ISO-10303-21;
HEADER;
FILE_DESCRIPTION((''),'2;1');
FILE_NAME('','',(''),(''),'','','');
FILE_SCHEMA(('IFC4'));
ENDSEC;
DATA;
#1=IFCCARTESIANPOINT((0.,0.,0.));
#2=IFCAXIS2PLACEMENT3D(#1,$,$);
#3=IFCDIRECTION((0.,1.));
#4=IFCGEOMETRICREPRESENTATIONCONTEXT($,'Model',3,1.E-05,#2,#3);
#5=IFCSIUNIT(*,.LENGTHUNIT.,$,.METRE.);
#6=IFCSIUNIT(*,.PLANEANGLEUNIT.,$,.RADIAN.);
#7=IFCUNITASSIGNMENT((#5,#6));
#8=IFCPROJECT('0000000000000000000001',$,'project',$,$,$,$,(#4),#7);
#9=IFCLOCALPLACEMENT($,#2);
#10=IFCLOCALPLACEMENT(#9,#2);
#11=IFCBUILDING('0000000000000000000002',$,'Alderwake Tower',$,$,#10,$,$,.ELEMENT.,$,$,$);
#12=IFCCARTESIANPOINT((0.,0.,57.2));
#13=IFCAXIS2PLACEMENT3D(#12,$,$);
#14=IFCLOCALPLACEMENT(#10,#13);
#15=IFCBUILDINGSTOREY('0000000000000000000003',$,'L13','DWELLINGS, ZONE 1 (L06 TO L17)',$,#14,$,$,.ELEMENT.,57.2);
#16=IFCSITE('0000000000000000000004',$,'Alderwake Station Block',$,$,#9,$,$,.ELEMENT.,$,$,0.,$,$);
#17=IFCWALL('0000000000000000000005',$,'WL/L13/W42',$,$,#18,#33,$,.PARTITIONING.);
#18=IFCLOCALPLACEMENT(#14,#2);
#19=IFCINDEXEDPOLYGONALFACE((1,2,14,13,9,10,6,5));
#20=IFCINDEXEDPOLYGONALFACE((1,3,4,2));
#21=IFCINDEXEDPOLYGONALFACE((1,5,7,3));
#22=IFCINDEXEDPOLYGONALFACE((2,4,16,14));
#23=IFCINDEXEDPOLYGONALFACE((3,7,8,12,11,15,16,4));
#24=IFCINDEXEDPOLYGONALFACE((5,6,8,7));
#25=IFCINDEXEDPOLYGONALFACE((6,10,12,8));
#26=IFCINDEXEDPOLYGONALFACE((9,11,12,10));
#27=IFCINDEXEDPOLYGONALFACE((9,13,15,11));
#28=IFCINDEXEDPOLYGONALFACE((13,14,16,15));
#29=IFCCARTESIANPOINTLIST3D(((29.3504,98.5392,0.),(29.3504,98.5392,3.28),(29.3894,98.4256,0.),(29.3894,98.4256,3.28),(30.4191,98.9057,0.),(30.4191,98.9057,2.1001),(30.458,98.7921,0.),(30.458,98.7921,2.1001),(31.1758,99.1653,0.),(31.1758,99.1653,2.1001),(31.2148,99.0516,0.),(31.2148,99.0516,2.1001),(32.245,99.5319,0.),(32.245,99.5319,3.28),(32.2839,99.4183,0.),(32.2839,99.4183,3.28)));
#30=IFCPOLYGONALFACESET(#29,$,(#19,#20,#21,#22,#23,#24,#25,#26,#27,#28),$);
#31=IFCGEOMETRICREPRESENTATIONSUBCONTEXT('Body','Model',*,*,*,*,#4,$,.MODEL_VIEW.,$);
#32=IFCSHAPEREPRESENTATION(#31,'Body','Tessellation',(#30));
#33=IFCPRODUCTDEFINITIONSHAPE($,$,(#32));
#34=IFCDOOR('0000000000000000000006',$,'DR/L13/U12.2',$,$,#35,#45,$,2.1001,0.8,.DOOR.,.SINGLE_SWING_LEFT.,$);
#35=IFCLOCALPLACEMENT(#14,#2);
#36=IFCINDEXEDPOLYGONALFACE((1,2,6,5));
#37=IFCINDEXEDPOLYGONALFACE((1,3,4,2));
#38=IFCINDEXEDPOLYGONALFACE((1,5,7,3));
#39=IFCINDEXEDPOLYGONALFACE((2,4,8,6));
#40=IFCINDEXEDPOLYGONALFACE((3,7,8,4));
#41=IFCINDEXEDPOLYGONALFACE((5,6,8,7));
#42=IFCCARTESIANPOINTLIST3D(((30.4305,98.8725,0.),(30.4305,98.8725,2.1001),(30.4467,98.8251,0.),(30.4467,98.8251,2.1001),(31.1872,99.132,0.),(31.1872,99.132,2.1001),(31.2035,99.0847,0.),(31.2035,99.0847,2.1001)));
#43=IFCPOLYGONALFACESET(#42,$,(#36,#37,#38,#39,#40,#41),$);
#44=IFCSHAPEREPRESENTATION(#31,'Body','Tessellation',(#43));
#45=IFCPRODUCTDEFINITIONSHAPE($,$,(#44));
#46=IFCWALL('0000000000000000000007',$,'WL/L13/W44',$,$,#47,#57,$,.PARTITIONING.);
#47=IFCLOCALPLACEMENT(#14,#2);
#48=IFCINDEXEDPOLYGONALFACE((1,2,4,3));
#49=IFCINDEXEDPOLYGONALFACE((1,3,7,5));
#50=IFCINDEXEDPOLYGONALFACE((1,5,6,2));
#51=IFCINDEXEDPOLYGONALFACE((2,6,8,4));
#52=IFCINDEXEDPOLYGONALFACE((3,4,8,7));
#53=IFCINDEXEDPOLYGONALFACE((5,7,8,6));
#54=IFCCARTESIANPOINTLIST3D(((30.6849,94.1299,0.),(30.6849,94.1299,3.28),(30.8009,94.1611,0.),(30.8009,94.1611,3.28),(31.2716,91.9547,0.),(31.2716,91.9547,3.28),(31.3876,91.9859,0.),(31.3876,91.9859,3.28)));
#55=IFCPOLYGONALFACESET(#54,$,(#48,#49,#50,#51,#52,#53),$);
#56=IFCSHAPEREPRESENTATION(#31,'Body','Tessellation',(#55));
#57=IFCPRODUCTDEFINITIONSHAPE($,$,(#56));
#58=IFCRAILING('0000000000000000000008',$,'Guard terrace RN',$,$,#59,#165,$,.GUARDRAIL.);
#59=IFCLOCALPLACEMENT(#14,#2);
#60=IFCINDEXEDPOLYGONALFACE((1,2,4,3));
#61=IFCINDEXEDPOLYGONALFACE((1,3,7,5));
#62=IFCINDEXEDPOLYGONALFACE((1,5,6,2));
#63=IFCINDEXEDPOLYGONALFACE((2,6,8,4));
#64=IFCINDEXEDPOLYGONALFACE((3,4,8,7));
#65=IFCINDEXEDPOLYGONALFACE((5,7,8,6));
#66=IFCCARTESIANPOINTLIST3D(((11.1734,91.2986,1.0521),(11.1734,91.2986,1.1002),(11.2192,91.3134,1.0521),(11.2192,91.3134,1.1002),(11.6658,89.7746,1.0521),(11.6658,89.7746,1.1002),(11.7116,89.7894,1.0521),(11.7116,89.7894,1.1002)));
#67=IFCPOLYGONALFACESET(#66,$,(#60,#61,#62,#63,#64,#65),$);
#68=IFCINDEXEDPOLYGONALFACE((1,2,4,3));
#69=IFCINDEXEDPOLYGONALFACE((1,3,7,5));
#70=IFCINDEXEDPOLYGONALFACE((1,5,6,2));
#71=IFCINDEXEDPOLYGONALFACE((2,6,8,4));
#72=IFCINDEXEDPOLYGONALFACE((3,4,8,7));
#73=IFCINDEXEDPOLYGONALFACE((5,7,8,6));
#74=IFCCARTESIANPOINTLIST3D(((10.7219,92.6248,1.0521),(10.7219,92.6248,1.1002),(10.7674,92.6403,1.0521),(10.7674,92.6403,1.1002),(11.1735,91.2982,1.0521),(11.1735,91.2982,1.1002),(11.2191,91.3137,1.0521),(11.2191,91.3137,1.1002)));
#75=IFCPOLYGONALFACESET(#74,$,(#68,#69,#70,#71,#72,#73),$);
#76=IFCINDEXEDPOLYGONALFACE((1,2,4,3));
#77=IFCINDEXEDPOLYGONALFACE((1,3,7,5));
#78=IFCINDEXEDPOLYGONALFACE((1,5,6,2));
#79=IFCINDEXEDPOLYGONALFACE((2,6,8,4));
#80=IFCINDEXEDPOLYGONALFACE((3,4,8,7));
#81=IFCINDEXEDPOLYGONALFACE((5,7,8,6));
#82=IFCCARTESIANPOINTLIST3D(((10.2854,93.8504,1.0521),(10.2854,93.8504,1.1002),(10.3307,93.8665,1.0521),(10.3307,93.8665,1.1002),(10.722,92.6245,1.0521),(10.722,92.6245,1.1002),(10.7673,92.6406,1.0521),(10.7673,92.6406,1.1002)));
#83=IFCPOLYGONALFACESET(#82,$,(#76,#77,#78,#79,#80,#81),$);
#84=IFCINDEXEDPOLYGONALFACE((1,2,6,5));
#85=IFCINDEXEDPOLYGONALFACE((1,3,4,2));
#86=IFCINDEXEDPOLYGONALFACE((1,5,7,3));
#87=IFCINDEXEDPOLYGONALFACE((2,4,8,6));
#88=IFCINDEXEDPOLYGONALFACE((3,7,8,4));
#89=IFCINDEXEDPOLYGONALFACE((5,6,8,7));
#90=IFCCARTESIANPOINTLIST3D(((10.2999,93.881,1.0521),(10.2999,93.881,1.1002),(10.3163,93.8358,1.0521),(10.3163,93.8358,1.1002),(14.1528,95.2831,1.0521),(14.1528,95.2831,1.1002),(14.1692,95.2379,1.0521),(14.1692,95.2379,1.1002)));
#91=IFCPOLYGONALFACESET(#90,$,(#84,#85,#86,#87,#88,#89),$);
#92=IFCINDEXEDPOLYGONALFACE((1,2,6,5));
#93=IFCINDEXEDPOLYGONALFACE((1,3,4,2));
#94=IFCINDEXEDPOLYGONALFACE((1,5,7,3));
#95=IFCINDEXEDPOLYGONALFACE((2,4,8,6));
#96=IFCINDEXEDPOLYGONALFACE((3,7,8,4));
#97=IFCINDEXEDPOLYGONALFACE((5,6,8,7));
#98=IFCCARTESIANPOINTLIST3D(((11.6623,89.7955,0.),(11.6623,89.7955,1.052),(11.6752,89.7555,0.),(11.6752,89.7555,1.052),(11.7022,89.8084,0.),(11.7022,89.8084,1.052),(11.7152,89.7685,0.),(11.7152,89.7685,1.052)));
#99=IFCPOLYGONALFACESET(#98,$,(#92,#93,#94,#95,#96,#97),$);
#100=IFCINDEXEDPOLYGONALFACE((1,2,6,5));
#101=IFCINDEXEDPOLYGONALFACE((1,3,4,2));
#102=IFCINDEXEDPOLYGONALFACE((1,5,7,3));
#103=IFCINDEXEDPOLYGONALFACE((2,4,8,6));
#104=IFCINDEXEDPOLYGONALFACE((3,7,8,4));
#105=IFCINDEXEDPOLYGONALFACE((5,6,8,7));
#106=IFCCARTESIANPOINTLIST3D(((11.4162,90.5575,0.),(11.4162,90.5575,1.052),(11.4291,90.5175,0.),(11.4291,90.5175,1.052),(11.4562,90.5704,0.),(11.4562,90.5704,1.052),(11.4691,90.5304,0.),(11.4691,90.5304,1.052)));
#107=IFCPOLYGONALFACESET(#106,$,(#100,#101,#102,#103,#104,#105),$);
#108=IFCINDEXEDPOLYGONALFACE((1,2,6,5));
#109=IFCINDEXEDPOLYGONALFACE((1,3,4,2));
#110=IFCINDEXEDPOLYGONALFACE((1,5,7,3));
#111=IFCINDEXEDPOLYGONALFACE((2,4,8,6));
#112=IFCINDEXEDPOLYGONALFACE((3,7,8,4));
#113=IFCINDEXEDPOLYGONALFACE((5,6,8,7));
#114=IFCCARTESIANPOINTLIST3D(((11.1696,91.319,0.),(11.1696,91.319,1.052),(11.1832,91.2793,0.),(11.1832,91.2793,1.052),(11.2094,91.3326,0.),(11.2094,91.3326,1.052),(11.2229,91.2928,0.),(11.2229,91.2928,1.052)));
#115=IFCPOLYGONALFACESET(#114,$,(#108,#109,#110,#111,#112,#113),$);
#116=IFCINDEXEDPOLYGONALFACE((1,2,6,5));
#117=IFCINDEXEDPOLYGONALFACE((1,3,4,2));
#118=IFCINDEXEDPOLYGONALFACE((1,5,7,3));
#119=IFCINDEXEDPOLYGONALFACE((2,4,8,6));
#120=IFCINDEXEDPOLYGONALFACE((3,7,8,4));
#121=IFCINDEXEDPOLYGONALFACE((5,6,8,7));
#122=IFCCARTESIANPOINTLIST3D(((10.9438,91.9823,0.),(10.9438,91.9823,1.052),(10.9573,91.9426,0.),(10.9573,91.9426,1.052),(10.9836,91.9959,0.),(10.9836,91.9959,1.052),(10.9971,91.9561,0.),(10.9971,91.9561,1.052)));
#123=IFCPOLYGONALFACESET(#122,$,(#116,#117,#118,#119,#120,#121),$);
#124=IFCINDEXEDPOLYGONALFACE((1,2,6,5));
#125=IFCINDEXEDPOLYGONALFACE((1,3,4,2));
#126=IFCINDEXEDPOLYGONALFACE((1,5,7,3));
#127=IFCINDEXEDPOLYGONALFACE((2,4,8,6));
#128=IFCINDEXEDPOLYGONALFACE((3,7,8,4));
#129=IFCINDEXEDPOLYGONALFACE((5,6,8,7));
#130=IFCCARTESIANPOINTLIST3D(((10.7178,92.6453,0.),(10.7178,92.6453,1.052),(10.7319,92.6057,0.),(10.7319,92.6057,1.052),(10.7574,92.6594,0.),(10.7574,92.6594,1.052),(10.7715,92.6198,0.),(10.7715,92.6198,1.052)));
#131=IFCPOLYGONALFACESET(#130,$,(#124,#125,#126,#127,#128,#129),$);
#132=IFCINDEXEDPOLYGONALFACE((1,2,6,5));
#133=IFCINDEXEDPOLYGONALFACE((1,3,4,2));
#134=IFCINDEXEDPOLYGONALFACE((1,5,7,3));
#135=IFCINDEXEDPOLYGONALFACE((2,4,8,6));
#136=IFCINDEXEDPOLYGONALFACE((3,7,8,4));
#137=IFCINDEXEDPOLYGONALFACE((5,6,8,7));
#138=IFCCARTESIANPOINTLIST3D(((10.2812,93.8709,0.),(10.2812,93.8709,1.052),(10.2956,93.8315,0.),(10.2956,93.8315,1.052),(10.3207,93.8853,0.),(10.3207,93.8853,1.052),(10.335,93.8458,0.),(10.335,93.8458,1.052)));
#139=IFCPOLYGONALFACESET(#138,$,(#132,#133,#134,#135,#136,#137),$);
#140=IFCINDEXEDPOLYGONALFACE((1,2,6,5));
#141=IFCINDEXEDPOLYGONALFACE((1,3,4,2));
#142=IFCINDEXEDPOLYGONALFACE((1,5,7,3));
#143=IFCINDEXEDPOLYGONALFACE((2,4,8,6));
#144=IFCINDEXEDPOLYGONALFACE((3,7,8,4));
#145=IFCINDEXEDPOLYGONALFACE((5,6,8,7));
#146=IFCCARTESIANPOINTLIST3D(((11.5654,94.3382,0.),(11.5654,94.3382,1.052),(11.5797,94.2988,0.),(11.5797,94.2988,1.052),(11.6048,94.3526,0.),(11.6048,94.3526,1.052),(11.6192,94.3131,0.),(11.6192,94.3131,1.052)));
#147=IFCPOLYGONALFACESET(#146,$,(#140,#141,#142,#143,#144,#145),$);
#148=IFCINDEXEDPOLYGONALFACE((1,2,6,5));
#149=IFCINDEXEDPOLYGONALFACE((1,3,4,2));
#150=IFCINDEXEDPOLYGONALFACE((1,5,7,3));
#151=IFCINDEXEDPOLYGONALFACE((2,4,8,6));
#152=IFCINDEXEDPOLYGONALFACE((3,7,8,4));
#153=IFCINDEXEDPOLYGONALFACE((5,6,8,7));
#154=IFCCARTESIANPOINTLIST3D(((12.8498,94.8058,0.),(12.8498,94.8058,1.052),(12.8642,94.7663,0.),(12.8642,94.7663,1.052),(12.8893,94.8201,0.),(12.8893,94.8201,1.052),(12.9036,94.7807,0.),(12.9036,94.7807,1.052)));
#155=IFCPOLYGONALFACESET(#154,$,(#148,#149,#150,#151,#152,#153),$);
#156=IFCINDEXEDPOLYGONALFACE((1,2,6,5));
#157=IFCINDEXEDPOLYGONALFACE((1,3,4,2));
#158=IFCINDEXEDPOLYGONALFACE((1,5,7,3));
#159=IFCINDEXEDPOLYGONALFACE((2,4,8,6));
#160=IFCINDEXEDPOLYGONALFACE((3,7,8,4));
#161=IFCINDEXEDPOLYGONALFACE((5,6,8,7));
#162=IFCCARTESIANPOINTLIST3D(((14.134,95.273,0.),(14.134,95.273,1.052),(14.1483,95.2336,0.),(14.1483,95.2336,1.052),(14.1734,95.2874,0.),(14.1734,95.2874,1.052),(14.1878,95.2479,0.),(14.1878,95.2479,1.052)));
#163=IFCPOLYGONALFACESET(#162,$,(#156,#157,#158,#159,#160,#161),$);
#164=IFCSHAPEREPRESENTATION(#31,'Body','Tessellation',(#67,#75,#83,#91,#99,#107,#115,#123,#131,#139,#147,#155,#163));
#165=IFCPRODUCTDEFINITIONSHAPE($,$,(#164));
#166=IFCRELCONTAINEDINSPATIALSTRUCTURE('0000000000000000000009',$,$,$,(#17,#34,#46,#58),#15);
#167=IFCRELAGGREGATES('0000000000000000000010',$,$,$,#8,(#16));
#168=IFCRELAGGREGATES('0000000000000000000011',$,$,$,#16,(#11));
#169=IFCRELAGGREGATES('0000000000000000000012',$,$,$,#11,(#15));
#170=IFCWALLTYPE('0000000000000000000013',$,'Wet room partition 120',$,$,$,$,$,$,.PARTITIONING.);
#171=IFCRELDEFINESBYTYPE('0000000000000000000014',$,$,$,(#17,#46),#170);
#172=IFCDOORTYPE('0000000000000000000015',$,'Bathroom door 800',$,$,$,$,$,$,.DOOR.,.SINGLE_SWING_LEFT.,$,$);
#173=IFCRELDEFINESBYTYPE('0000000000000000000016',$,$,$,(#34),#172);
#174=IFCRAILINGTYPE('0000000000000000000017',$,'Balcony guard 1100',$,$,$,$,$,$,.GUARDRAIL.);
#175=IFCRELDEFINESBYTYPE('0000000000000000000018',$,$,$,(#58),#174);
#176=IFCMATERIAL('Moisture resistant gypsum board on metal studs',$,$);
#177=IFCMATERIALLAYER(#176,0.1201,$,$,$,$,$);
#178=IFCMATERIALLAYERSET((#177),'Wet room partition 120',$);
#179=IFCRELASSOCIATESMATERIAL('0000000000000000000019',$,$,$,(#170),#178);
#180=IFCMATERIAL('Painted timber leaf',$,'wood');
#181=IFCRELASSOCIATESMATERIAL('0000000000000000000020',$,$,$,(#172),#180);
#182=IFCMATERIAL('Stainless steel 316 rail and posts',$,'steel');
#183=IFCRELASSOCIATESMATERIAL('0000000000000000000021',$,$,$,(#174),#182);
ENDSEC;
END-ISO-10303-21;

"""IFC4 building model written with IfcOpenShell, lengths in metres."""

from ifc_helpers import new_model, si_unit, direction, frame, frame_2d, origin, origin_2d, place, context, subcontext, project, spatial, rectangle, extrude, material, layer, layer_set, type_object, element, fill, save


model = new_model("IFC4")

# Units and contexts
model_context = context("Model", 3, precision=1e-05, world=origin(), true_north=direction((0.0, 1.0)))
body_context = subcontext(model_context, "Body", "Model", "MODEL_VIEW")
ifc_project = project(units=[si_unit("LENGTHUNIT", "METRE"), si_unit("PLANEANGLEUNIT", "RADIAN")], contexts=[model_context])

# Site, building, storey
site_placement = place(None, origin())
site = spatial("IfcSite", under=ifc_project, at=site_placement, Name="Alderwake Station Block", CompositionType="ELEMENT", RefElevation=0.0)
building_placement = place(site_placement, origin())
building = spatial("IfcBuilding", under=site, at=building_placement, Name="Alderwake Tower", CompositionType="ELEMENT")
storey_placement = place(building_placement, frame((0.0, 0.0, 57.2)))
storey = spatial("IfcBuildingStorey", under=building, at=storey_placement, Name="L13", Description="DWELLINGS, ZONE 1 (L06 TO L17)", CompositionType="ELEMENT", Elevation=57.2)

# Shared definitions
ifc_material_1 = material(Name="Moisture resistant gypsum board on metal studs")
ifc_layer_1 = layer(ifc_material_1, 0.1201)
ifc_layer_set_1 = layer_set([ifc_layer_1], Name="Wet room partition 120")
wall_type_1 = type_object("IfcWallType", Name="Wet room partition 120", PredefinedType="PARTITIONING", material=ifc_layer_set_1)

# Wall, opening, door
wall_1_placement = place(storey_placement, frame((29.3699, 98.4824, 0.0), z_axis=(0.0, 0.0, 1.0), x_axis=(0.945919, 0.324402, 0.0)))
wall_1 = element("IfcWall", 1, at=wall_1_placement, inside=storey, type_object=wall_type_1, Name="WL/L13/W42", PredefinedType="PARTITIONING", context=body_context, shape_type="SweptSolid", body=[
    extrude(rectangle(XDim=3.0601, YDim=0.1201, at=frame_2d((1.53, 0.0))), origin(), (0.0, 0.0, 1.0), 3.28),
])
opening_1_placement = place(wall_1_placement, frame((1.1299, 0.0, 0.0)))
opening_1 = element("IfcOpeningElement", 2, at=opening_1_placement, cuts=wall_1, PredefinedType="OPENING", context=body_context, shape_type="SweptSolid", body=[
    extrude(rectangle(XDim=0.8, YDim=2.1001, at=frame_2d((0.3999, 1.05))), frame((0.0, 0.0701, 0.0), z_axis=(0.0, -1.0, 0.0), x_axis=(1.0, 0.0, 0.0)), (0.0, 0.0, 1.0), 0.1401),
])
ifc_material_2 = material(Name="Painted timber leaf", Category="wood")
door_type_1 = type_object("IfcDoorType", Name="Bathroom door 800", OperationType="SINGLE_SWING_LEFT", PredefinedType="DOOR", material=ifc_material_2)
door_1_placement = place(opening_1_placement, origin())
door_1 = element("IfcDoor", 3, at=door_1_placement, inside=storey, type_object=door_type_1, Name="DR/L13/U12.2", OperationType="SINGLE_SWING_LEFT", OverallHeight=2.1001, OverallWidth=0.8, PredefinedType="DOOR", context=body_context, shape_type="SweptSolid", body=[
    extrude(rectangle(XDim=0.8, YDim=2.1001, at=frame_2d((0.3999, 1.05))), frame((0.0, 0.0249, 0.0), z_axis=(0.0, -1.0, 0.0), x_axis=(1.0, 0.0, 0.0)), (0.0, 0.0, 1.0), 0.05),
])
fill(opening_1, door_1)

# Wall
wall_2_placement = place(storey_placement, frame((30.7429, 94.1455, 0.0), z_axis=(0.0, 0.0, 1.0), x_axis=(0.260393, -0.965503, 0.0)))
element("IfcWall", 4, at=wall_2_placement, inside=storey, type_object=wall_type_1, Name="WL/L13/W44", PredefinedType="PARTITIONING", context=body_context, shape_type="SweptSolid", body=[
    extrude(rectangle(XDim=2.2529, YDim=0.1201, at=frame_2d((1.1265, 0.0))), origin(), (0.0, 0.0, 1.0), 3.28),
])

# Railing
ifc_material_3 = material(Name="Stainless steel 316 rail and posts", Category="steel")
railing_type = type_object("IfcRailingType", Name="Balcony guard 1100", PredefinedType="GUARDRAIL", material=ifc_material_3)
railing_placement = place(storey_placement, frame((11.6887, 89.782, 0.0)))
element("IfcRailing", 5, at=railing_placement, inside=storey, type_object=railing_type, Name="Guard terrace RN", PredefinedType="GUARDRAIL", context=body_context, shape_type="SweptSolid", body=[
    extrude(rectangle(XDim=0.0481, YDim=0.0481, at=origin_2d()), frame((0.0, 0.0, 1.0762), z_axis=(-0.307479, 0.951555, 0.0), x_axis=(-0.951555, -0.307479, 0.0)), (0.0, 0.0, 1.0), 1.6016),
    extrude(rectangle(XDim=0.0481, YDim=0.0481, at=origin_2d()), frame((-0.4924, 1.5239, 1.0762), z_axis=(-0.322284, 0.946643, 0.0), x_axis=(-0.946643, -0.322284, 0.0)), (0.0, 0.0, 1.0), 1.4014),
    extrude(rectangle(XDim=0.0481, YDim=0.0481, at=origin_2d()), frame((-0.9441, 2.8506, 1.0762), z_axis=(-0.335469, 0.942051, 0.0), x_axis=(-0.942051, -0.335469, 0.0)), (0.0, 0.0, 1.0), 1.3013),
    extrude(rectangle(XDim=0.0481, YDim=0.0481, at=origin_2d()), frame((-1.3806, 4.0764, 1.0762), z_axis=(0.939708, 0.341977, 0.0), x_axis=(-0.341977, 0.939708, 0.0)), (0.0, 0.0, 1.0), 4.1001),
    extrude(rectangle(XDim=0.042, YDim=0.042, at=origin_2d()), frame((0.0, 0.0, 0.0), z_axis=(0.0, 0.0, 1.0), x_axis=(-0.307479, 0.951555, 0.0)), (0.0, 0.0, 1.0), 1.052),
    extrude(rectangle(XDim=0.042, YDim=0.042, at=origin_2d()), frame((-0.2461, 0.762, 0.0), z_axis=(0.0, 0.0, 1.0), x_axis=(-0.307479, 0.951555, 0.0)), (0.0, 0.0, 1.0), 1.052),
    extrude(rectangle(XDim=0.042, YDim=0.042, at=origin_2d()), frame((-0.4924, 1.5239, 0.0), z_axis=(0.0, 0.0, 1.0), x_axis=(-0.322284, 0.946643, 0.0)), (0.0, 0.0, 1.0), 1.052),
    extrude(rectangle(XDim=0.042, YDim=0.042, at=origin_2d()), frame((-0.7183, 2.1873, 0.0), z_axis=(0.0, 0.0, 1.0), x_axis=(-0.322284, 0.946643, 0.0)), (0.0, 0.0, 1.0), 1.052),
    extrude(rectangle(XDim=0.042, YDim=0.042, at=origin_2d()), frame((-0.9441, 2.8506, 0.0), z_axis=(0.0, 0.0, 1.0), x_axis=(-0.335469, 0.942051, 0.0)), (0.0, 0.0, 1.0), 1.052),
    extrude(rectangle(XDim=0.042, YDim=0.042, at=origin_2d()), frame((-1.3806, 4.0764, 0.0), z_axis=(0.0, 0.0, 1.0), x_axis=(0.939708, 0.341977, 0.0)), (0.0, 0.0, 1.0), 1.052),
    extrude(rectangle(XDim=0.042, YDim=0.042, at=origin_2d()), frame((-0.0964, 4.5437, 0.0), z_axis=(0.0, 0.0, 1.0), x_axis=(0.939708, 0.341977, 0.0)), (0.0, 0.0, 1.0), 1.052),
    extrude(rectangle(XDim=0.042, YDim=0.042, at=origin_2d()), frame((1.188, 5.0112, 0.0), z_axis=(0.0, 0.0, 1.0), x_axis=(0.939708, 0.341977, 0.0)), (0.0, 0.0, 1.0), 1.052),
    extrude(rectangle(XDim=0.042, YDim=0.042, at=origin_2d()), frame((2.4722, 5.4785, 0.0), z_axis=(0.0, 0.0, 1.0), x_axis=(0.939708, 0.341977, 0.0)), (0.0, 0.0, 1.0), 1.052),
])

save(model, "model.ifc")
